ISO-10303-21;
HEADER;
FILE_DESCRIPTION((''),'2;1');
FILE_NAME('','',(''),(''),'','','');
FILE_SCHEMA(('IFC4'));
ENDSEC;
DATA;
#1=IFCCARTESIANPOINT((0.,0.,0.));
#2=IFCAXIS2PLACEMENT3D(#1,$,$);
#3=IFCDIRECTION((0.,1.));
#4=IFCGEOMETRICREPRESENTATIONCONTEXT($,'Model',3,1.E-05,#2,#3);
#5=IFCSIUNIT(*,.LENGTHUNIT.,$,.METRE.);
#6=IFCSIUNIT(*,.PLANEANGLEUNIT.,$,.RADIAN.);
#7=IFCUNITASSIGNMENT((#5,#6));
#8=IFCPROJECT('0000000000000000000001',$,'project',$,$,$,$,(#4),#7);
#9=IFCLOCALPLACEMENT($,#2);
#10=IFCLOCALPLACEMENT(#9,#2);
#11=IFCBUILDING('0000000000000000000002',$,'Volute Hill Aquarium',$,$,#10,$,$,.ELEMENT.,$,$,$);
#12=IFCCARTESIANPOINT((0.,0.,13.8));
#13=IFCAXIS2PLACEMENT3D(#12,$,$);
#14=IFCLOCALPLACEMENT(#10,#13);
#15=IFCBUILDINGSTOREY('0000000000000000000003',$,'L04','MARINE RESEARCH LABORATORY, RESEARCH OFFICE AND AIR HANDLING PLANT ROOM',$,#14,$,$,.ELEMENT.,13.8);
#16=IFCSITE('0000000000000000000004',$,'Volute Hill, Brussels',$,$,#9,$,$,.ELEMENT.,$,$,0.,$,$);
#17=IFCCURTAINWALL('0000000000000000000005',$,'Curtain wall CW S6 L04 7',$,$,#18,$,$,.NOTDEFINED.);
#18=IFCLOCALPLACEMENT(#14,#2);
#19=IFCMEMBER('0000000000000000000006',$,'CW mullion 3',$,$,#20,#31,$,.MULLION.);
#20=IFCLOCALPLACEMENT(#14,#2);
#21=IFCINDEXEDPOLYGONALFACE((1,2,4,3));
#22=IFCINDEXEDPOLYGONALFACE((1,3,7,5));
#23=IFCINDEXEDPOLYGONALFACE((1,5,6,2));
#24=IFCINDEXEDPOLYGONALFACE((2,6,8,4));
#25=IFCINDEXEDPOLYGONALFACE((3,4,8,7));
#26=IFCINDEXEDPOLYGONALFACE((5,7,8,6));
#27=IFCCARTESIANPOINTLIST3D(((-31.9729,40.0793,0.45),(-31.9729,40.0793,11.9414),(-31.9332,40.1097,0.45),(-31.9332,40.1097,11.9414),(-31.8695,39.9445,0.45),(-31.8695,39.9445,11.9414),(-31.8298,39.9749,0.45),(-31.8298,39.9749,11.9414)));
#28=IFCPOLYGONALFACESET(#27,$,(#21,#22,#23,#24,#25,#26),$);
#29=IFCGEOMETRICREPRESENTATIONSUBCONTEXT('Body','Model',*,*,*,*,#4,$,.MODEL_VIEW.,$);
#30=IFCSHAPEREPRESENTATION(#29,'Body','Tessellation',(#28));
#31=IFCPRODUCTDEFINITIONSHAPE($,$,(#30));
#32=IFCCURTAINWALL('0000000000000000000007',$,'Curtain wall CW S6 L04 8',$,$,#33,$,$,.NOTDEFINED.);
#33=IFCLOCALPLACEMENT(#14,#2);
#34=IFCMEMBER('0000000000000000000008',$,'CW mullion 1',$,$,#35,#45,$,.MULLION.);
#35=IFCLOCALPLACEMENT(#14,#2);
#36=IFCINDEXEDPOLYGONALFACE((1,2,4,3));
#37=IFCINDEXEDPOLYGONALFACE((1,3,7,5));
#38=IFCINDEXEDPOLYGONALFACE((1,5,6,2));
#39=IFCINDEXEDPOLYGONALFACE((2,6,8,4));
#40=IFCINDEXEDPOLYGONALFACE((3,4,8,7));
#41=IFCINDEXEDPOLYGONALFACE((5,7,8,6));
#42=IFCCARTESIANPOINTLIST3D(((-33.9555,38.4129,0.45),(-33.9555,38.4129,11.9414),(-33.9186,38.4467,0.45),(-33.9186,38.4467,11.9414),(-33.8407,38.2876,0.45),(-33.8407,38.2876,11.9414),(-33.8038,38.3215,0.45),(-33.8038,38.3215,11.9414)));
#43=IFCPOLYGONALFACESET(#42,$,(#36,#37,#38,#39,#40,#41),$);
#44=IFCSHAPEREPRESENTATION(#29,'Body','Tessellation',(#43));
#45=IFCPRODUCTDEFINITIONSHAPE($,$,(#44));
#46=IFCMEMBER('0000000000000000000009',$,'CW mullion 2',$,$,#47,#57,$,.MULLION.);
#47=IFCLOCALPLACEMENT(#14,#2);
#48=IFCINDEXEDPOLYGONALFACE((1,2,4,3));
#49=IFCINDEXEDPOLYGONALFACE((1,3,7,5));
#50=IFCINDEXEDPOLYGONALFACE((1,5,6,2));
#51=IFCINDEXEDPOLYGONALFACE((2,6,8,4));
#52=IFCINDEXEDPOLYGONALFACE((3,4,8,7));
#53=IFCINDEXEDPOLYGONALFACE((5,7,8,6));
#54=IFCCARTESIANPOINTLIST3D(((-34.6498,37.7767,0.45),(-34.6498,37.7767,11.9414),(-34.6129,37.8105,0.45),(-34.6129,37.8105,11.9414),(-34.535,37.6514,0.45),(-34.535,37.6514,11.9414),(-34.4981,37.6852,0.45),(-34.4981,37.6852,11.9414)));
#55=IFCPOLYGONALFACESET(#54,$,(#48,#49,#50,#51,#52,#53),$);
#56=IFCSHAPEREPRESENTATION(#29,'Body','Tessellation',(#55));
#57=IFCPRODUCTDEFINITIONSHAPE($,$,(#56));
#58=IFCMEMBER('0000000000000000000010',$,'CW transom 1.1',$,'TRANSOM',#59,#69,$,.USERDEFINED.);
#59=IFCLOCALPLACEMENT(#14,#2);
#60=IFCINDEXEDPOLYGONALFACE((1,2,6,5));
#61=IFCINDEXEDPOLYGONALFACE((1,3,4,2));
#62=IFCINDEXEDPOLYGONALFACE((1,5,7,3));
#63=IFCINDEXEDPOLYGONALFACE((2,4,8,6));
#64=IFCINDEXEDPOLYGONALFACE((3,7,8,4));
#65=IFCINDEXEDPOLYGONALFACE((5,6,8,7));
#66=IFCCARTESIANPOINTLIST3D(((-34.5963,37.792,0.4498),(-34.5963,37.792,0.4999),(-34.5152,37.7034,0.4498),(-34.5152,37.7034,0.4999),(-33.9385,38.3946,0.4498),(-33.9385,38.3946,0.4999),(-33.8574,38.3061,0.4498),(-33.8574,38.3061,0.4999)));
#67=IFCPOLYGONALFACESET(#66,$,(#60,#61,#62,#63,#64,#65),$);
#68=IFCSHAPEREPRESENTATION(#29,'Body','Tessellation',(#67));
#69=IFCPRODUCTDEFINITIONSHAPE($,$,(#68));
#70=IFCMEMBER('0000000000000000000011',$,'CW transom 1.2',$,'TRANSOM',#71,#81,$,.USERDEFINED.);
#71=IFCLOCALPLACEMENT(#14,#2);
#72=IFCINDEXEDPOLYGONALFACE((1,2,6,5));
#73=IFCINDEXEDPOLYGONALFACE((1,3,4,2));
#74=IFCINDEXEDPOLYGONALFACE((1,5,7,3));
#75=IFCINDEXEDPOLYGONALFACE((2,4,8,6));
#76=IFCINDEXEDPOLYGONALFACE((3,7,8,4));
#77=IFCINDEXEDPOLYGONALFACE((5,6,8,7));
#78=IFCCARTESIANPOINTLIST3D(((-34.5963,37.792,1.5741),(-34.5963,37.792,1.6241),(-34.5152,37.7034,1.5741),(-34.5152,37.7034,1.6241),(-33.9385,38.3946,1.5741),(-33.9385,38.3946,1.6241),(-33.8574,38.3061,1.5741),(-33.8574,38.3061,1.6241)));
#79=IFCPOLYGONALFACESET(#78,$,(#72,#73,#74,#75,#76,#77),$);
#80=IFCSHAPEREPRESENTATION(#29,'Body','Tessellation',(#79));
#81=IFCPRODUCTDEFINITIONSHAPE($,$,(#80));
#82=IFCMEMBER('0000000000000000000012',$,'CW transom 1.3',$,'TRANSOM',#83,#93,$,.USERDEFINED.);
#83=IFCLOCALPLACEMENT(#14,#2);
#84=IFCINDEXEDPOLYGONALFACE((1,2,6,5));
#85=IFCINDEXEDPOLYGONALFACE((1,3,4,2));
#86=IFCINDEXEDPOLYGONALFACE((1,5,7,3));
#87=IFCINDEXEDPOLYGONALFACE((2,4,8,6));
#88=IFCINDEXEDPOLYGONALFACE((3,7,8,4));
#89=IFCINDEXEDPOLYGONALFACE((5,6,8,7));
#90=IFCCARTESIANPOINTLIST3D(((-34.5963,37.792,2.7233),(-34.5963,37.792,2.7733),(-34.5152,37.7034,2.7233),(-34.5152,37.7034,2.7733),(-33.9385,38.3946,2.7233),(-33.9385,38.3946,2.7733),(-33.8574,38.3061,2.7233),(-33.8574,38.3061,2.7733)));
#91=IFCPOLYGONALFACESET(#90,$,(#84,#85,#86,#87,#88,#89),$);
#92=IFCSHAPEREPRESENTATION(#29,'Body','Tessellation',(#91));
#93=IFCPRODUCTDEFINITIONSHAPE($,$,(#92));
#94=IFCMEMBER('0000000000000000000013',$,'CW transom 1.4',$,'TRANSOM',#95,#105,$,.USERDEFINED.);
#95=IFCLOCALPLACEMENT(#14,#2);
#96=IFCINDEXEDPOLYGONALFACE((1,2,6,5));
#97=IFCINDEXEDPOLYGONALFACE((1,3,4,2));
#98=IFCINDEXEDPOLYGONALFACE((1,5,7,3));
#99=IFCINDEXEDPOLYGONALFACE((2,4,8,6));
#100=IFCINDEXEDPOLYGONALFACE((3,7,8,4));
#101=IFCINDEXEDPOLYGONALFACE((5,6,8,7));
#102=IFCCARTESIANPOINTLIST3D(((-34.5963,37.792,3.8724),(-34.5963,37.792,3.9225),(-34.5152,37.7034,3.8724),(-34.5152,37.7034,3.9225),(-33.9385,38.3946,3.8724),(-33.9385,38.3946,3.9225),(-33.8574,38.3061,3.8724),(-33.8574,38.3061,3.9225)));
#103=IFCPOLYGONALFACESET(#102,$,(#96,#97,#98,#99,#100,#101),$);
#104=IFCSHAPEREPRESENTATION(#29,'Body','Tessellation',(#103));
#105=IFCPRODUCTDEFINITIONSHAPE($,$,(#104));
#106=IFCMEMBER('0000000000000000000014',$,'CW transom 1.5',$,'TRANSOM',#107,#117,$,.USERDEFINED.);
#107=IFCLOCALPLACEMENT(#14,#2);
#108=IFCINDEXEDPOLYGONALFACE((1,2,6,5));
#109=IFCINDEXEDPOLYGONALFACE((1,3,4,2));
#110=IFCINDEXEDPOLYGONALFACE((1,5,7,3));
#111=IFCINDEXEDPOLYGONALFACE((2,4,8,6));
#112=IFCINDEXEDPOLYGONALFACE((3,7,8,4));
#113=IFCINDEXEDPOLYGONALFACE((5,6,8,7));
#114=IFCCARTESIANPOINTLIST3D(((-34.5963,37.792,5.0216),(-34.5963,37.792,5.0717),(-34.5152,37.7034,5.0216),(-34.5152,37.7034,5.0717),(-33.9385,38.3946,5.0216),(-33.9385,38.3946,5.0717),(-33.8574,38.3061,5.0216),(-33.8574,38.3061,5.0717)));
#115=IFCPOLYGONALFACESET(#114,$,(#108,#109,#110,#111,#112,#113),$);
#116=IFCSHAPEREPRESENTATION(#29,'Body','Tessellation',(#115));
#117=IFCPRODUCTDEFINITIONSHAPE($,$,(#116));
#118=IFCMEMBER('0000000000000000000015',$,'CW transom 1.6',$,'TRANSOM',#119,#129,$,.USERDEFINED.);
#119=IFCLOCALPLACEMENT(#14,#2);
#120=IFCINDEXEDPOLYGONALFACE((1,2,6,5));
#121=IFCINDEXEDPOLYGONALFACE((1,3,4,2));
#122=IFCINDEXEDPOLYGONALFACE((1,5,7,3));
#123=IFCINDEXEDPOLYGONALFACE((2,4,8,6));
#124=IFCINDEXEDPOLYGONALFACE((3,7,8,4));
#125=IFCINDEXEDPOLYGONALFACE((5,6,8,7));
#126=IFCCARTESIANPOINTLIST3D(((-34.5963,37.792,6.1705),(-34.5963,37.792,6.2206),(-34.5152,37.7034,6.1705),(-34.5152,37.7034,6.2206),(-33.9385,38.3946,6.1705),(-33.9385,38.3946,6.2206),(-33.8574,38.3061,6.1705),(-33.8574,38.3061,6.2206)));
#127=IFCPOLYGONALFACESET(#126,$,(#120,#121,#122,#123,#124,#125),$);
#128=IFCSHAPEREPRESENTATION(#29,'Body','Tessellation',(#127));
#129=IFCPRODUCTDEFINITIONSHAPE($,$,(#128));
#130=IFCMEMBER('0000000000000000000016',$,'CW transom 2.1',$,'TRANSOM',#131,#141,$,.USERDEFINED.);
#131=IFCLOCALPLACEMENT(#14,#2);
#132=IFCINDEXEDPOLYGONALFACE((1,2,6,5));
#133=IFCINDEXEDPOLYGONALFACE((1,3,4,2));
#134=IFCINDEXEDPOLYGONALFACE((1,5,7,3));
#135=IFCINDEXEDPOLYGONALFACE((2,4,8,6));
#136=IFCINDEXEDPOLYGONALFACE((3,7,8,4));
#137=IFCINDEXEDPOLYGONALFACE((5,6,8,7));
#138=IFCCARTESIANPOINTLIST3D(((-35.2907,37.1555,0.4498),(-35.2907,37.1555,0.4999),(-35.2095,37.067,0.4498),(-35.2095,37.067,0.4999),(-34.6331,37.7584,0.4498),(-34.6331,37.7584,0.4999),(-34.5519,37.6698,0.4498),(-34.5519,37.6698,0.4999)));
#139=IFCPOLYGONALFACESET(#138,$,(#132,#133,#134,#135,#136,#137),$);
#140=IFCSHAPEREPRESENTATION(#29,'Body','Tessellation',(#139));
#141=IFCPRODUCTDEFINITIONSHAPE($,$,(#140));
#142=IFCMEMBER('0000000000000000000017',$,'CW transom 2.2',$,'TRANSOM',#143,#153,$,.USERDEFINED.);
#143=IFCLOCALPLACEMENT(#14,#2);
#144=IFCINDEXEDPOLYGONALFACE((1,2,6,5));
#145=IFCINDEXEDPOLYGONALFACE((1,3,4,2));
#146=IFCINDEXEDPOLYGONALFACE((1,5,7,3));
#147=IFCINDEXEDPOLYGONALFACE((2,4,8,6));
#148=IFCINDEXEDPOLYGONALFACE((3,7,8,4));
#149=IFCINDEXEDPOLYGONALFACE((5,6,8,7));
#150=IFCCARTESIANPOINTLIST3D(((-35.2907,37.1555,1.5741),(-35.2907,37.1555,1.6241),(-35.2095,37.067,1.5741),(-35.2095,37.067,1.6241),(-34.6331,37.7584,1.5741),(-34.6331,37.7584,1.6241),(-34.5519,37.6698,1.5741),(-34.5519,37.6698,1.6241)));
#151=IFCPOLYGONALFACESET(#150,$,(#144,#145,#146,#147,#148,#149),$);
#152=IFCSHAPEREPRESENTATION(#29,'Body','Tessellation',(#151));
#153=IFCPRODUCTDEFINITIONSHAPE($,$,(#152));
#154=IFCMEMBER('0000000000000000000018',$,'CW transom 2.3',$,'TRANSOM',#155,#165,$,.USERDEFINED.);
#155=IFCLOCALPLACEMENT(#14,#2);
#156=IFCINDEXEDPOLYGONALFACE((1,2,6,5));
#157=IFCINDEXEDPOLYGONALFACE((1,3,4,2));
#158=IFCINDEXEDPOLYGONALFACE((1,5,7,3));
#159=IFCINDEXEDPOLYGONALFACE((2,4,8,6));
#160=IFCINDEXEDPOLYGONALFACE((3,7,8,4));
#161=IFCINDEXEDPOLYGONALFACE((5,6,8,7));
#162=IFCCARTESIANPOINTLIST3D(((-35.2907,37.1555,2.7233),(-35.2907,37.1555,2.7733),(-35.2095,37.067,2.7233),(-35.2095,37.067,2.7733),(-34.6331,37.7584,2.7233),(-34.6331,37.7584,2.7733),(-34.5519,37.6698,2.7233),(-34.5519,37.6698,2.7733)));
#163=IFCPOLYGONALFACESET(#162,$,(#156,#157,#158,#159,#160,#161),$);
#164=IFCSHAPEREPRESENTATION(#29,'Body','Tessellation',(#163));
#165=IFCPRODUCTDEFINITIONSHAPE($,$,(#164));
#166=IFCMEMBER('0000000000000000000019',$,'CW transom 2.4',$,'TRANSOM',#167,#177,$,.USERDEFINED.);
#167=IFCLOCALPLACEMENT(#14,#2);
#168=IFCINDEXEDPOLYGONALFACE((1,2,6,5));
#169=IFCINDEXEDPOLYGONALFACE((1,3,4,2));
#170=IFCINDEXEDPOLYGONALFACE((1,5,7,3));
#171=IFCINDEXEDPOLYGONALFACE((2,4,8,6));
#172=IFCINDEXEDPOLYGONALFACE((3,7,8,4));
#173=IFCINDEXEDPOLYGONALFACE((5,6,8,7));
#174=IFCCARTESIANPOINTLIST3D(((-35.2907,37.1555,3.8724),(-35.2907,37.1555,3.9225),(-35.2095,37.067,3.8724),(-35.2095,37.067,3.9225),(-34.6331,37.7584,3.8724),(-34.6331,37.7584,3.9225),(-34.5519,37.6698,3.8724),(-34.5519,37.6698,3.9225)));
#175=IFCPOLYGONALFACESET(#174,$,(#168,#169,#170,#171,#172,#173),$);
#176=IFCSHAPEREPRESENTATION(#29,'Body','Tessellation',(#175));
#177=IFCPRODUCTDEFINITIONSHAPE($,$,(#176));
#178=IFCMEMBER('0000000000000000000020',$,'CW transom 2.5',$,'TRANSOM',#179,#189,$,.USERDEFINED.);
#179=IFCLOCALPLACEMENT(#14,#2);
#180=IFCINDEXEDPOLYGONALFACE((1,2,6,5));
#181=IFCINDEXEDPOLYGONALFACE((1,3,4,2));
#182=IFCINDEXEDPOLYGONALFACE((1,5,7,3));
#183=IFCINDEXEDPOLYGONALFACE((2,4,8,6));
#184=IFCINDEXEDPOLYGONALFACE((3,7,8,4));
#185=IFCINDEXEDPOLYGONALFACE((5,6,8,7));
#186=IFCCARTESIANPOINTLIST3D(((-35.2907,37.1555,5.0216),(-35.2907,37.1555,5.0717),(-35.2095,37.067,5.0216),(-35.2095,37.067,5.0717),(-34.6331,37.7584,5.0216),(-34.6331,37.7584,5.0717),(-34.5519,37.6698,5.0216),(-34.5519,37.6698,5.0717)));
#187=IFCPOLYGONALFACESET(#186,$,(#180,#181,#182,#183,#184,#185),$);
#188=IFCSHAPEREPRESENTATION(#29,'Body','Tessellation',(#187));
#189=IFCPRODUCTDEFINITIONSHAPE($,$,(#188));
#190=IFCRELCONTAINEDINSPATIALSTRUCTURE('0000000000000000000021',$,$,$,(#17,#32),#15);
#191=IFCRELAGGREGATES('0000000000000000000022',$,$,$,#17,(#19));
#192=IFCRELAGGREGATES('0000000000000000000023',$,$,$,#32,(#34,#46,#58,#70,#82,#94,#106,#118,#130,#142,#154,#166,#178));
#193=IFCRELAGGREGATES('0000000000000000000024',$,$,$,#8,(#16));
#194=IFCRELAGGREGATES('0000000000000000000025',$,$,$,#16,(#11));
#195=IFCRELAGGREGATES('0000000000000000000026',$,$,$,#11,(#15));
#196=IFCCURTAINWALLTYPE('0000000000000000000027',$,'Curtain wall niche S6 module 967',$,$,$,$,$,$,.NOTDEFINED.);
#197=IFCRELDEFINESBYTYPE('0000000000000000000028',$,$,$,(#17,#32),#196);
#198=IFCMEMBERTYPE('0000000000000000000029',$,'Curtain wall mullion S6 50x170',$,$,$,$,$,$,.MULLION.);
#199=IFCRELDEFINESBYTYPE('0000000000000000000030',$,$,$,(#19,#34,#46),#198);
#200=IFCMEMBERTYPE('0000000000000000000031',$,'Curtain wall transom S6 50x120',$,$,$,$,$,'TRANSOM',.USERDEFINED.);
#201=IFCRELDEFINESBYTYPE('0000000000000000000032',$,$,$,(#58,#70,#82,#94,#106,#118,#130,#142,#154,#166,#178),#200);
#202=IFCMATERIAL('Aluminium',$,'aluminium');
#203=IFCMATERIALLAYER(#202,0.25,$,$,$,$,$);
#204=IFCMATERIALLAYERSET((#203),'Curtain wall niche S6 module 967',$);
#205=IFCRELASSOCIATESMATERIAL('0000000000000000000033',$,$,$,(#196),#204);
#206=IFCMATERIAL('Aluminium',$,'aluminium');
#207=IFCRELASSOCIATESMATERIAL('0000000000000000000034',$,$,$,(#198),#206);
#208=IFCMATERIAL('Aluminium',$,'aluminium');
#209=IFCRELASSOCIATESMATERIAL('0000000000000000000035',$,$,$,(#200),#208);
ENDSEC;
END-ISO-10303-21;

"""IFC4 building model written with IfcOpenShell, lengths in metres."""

from ifc_helpers import new_model, si_unit, direction, frame, origin, origin_2d, place, context, subcontext, project, spatial, rectangle, extrude, material, layer, layer_set, material_profile, profile_set, type_object, element, aggregate, save


model = new_model("IFC4")

# Units and contexts
model_context = context("Model", 3, precision=1e-05, world=origin(), true_north=direction((0.0, 1.0)))
body_context = subcontext(model_context, "Body", "Model", "MODEL_VIEW")
ifc_project = project(units=[si_unit("LENGTHUNIT", "METRE"), si_unit("PLANEANGLEUNIT", "RADIAN")], contexts=[model_context])

# Site, building, storey
site_placement = place(None, origin())
site = spatial("IfcSite", under=ifc_project, at=site_placement, Name="Volute Hill, Brussels", CompositionType="ELEMENT", RefElevation=0.0)
building_placement = place(site_placement, origin())
building = spatial("IfcBuilding", under=site, at=building_placement, Name="Volute Hill Aquarium", CompositionType="ELEMENT")
storey_placement = place(building_placement, frame((0.0, 0.0, 13.8)))
storey = spatial("IfcBuildingStorey", under=building, at=storey_placement, Name="L04", Description="MARINE RESEARCH LABORATORY, RESEARCH OFFICE AND AIR HANDLING PLANT ROOM", CompositionType="ELEMENT", Elevation=13.8)

# Curtain wall, member
ifc_material_1 = material(Name="Aluminium", Category="aluminium")
ifc_layer_1 = layer(ifc_material_1, 0.25)
ifc_layer_set_1 = layer_set([ifc_layer_1], Name="Curtain wall niche S6 module 967")
curtain_wall_type = type_object("IfcCurtainWallType", Name="Curtain wall niche S6 module 967", PredefinedType="NOTDEFINED", material=ifc_layer_set_1)
curtain_wall_1_placement = place(storey_placement, origin())
curtain_wall_1 = element("IfcCurtainWall", 1, at=curtain_wall_1_placement, inside=storey, type_object=curtain_wall_type, Name="Curtain wall CW S6 L04 7", PredefinedType="NOTDEFINED")
ifc_material_2 = material(Name="Aluminium", Category="aluminium")
ifc_material_profile_1 = material_profile(ifc_material_2, rectangle(XDim=0.1699, YDim=0.05, at=origin_2d()), Name="Curtain wall mullion S6 50x170")
ifc_profile_set_1 = profile_set([ifc_material_profile_1], Name="Aluminium")
member_type_1 = type_object("IfcMemberType", Name="Curtain wall mullion S6 50x170", PredefinedType="MULLION", material=ifc_profile_set_1)
member_1_placement = place(storey_placement, frame((-31.9014, 40.0271, 0.45), z_axis=(0.0, 0.0, 1.0), x_axis=(0.608769, -0.793348, 0.0)))
member_1 = element("IfcMember", 2, at=member_1_placement, type_object=member_type_1, Name="CW mullion 3", PredefinedType="MULLION", context=body_context, shape_type="SweptSolid", body=[
    extrude(rectangle(XDim=0.1699, YDim=0.05, at=origin_2d()), origin(), (0.0, 0.0, 1.0), 11.4915),
])

# Curtain wall, members
curtain_wall_2_placement = place(storey_placement, origin())
curtain_wall_2 = element("IfcCurtainWall", 3, at=curtain_wall_2_placement, inside=storey, type_object=curtain_wall_type, Name="Curtain wall CW S6 L04 8", PredefinedType="NOTDEFINED")
member_2_placement = place(storey_placement, frame((-33.8796, 38.3672, 0.45), z_axis=(0.0, 0.0, 1.0), x_axis=(0.675582, -0.737285, 0.0)))
member_2 = element("IfcMember", 4, at=member_2_placement, type_object=member_type_1, Name="CW mullion 1", PredefinedType="MULLION", context=body_context, shape_type="SweptSolid", body=[
    extrude(rectangle(XDim=0.1699, YDim=0.05, at=origin_2d()), origin(), (0.0, 0.0, 1.0), 11.4915),
])
member_3_placement = place(storey_placement, frame((-34.574, 37.731, 0.45), z_axis=(0.0, 0.0, 1.0), x_axis=(0.675582, -0.737285, 0.0)))
member_3 = element("IfcMember", 5, at=member_3_placement, type_object=member_type_1, Name="CW mullion 2", PredefinedType="MULLION", context=body_context, shape_type="SweptSolid", body=[
    extrude(rectangle(XDim=0.1699, YDim=0.05, at=origin_2d()), origin(), (0.0, 0.0, 1.0), 11.4915),
])
ifc_material_3 = material(Name="Aluminium", Category="aluminium")
ifc_material_profile_2 = material_profile(ifc_material_3, rectangle(XDim=0.1201, YDim=0.05, at=origin_2d()), Name="Curtain wall transom S6 50x120")
ifc_profile_set_2 = profile_set([ifc_material_profile_2], Name="Aluminium")
member_type_2 = type_object("IfcMemberType", Name="Curtain wall transom S6 50x120", ElementType="TRANSOM", PredefinedType="USERDEFINED", material=ifc_profile_set_2)
member_4_placement = place(storey_placement, frame((-33.8979, 38.3503, 0.4749), z_axis=(-0.737359, -0.675502, 0.0), x_axis=(0.675502, -0.737359, 0.0)))
member_4 = element("IfcMember", 6, at=member_4_placement, type_object=member_type_2, Name="CW transom 1.1", ObjectType="TRANSOM", PredefinedType="USERDEFINED", context=body_context, shape_type="SweptSolid", body=[
    extrude(rectangle(XDim=0.1201, YDim=0.05, at=origin_2d()), origin(), (0.0, 0.0, 1.0), 0.8921),
])
member_5_placement = place(storey_placement, frame((-33.8979, 38.3503, 1.5991), z_axis=(-0.737359, -0.675502, 0.0), x_axis=(0.675502, -0.737359, 0.0)))
member_5 = element("IfcMember", 7, at=member_5_placement, type_object=member_type_2, Name="CW transom 1.2", ObjectType="TRANSOM", PredefinedType="USERDEFINED", context=body_context, shape_type="SweptSolid", body=[
    extrude(rectangle(XDim=0.1201, YDim=0.05, at=origin_2d()), origin(), (0.0, 0.0, 1.0), 0.8921),
])
member_6_placement = place(storey_placement, frame((-33.8979, 38.3503, 2.7483), z_axis=(-0.737359, -0.675502, 0.0), x_axis=(0.675502, -0.737359, 0.0)))
member_6 = element("IfcMember", 8, at=member_6_placement, type_object=member_type_2, Name="CW transom 1.3", ObjectType="TRANSOM", PredefinedType="USERDEFINED", context=body_context, shape_type="SweptSolid", body=[
    extrude(rectangle(XDim=0.1201, YDim=0.05, at=origin_2d()), origin(), (0.0, 0.0, 1.0), 0.8921),
])
member_7_placement = place(storey_placement, frame((-33.8979, 38.3503, 3.8975), z_axis=(-0.737359, -0.675502, 0.0), x_axis=(0.675502, -0.737359, 0.0)))
member_7 = element("IfcMember", 9, at=member_7_placement, type_object=member_type_2, Name="CW transom 1.4", ObjectType="TRANSOM", PredefinedType="USERDEFINED", context=body_context, shape_type="SweptSolid", body=[
    extrude(rectangle(XDim=0.1201, YDim=0.05, at=origin_2d()), origin(), (0.0, 0.0, 1.0), 0.8921),
])
member_8_placement = place(storey_placement, frame((-33.8979, 38.3503, 5.0466), z_axis=(-0.737359, -0.675502, 0.0), x_axis=(0.675502, -0.737359, 0.0)))
member_8 = element("IfcMember", 10, at=member_8_placement, type_object=member_type_2, Name="CW transom 1.5", ObjectType="TRANSOM", PredefinedType="USERDEFINED", context=body_context, shape_type="SweptSolid", body=[
    extrude(rectangle(XDim=0.1201, YDim=0.05, at=origin_2d()), origin(), (0.0, 0.0, 1.0), 0.8921),
])
member_9_placement = place(storey_placement, frame((-33.8979, 38.3503, 6.1956), z_axis=(-0.737359, -0.675502, 0.0), x_axis=(0.675502, -0.737359, 0.0)))
member_9 = element("IfcMember", 11, at=member_9_placement, type_object=member_type_2, Name="CW transom 1.6", ObjectType="TRANSOM", PredefinedType="USERDEFINED", context=body_context, shape_type="SweptSolid", body=[
    extrude(rectangle(XDim=0.1201, YDim=0.05, at=origin_2d()), origin(), (0.0, 0.0, 1.0), 0.8921),
])
member_10_placement = place(storey_placement, frame((-34.5925, 37.7141, 0.4749), z_axis=(-0.737097, -0.675787, 0.0), x_axis=(0.675787, -0.737097, 0.0)))
member_10 = element("IfcMember", 12, at=member_10_placement, type_object=member_type_2, Name="CW transom 2.1", ObjectType="TRANSOM", PredefinedType="USERDEFINED", context=body_context, shape_type="SweptSolid", body=[
    extrude(rectangle(XDim=0.1201, YDim=0.05, at=origin_2d()), origin(), (0.0, 0.0, 1.0), 0.8921),
])
member_11_placement = place(storey_placement, frame((-34.5925, 37.7141, 1.5991), z_axis=(-0.737097, -0.675787, 0.0), x_axis=(0.675787, -0.737097, 0.0)))
member_11 = element("IfcMember", 13, at=member_11_placement, type_object=member_type_2, Name="CW transom 2.2", ObjectType="TRANSOM", PredefinedType="USERDEFINED", context=body_context, shape_type="SweptSolid", body=[
    extrude(rectangle(XDim=0.1201, YDim=0.05, at=origin_2d()), origin(), (0.0, 0.0, 1.0), 0.8921),
])
member_12_placement = place(storey_placement, frame((-34.5925, 37.7141, 2.7483), z_axis=(-0.737097, -0.675787, 0.0), x_axis=(0.675787, -0.737097, 0.0)))
member_12 = element("IfcMember", 14, at=member_12_placement, type_object=member_type_2, Name="CW transom 2.3", ObjectType="TRANSOM", PredefinedType="USERDEFINED", context=body_context, shape_type="SweptSolid", body=[
    extrude(rectangle(XDim=0.1201, YDim=0.05, at=origin_2d()), origin(), (0.0, 0.0, 1.0), 0.8921),
])
member_13_placement = place(storey_placement, frame((-34.5925, 37.7141, 3.8975), z_axis=(-0.737097, -0.675787, 0.0), x_axis=(0.675787, -0.737097, 0.0)))
member_13 = element("IfcMember", 15, at=member_13_placement, type_object=member_type_2, Name="CW transom 2.4", ObjectType="TRANSOM", PredefinedType="USERDEFINED", context=body_context, shape_type="SweptSolid", body=[
    extrude(rectangle(XDim=0.1201, YDim=0.05, at=origin_2d()), origin(), (0.0, 0.0, 1.0), 0.8921),
])
member_14_placement = place(storey_placement, frame((-34.5925, 37.7141, 5.0466), z_axis=(-0.737097, -0.675787, 0.0), x_axis=(0.675787, -0.737097, 0.0)))
member_14 = element("IfcMember", 16, at=member_14_placement, type_object=member_type_2, Name="CW transom 2.5", ObjectType="TRANSOM", PredefinedType="USERDEFINED", context=body_context, shape_type="SweptSolid", body=[
    extrude(rectangle(XDim=0.1201, YDim=0.05, at=origin_2d()), origin(), (0.0, 0.0, 1.0), 0.8921),
])

aggregate(curtain_wall_1, [member_1])
aggregate(curtain_wall_2, [member_2, member_3, member_4, member_5, member_6, member_7, member_8, member_9, member_10, member_11, member_12, member_13, member_14])

save(model, "model.ifc")
